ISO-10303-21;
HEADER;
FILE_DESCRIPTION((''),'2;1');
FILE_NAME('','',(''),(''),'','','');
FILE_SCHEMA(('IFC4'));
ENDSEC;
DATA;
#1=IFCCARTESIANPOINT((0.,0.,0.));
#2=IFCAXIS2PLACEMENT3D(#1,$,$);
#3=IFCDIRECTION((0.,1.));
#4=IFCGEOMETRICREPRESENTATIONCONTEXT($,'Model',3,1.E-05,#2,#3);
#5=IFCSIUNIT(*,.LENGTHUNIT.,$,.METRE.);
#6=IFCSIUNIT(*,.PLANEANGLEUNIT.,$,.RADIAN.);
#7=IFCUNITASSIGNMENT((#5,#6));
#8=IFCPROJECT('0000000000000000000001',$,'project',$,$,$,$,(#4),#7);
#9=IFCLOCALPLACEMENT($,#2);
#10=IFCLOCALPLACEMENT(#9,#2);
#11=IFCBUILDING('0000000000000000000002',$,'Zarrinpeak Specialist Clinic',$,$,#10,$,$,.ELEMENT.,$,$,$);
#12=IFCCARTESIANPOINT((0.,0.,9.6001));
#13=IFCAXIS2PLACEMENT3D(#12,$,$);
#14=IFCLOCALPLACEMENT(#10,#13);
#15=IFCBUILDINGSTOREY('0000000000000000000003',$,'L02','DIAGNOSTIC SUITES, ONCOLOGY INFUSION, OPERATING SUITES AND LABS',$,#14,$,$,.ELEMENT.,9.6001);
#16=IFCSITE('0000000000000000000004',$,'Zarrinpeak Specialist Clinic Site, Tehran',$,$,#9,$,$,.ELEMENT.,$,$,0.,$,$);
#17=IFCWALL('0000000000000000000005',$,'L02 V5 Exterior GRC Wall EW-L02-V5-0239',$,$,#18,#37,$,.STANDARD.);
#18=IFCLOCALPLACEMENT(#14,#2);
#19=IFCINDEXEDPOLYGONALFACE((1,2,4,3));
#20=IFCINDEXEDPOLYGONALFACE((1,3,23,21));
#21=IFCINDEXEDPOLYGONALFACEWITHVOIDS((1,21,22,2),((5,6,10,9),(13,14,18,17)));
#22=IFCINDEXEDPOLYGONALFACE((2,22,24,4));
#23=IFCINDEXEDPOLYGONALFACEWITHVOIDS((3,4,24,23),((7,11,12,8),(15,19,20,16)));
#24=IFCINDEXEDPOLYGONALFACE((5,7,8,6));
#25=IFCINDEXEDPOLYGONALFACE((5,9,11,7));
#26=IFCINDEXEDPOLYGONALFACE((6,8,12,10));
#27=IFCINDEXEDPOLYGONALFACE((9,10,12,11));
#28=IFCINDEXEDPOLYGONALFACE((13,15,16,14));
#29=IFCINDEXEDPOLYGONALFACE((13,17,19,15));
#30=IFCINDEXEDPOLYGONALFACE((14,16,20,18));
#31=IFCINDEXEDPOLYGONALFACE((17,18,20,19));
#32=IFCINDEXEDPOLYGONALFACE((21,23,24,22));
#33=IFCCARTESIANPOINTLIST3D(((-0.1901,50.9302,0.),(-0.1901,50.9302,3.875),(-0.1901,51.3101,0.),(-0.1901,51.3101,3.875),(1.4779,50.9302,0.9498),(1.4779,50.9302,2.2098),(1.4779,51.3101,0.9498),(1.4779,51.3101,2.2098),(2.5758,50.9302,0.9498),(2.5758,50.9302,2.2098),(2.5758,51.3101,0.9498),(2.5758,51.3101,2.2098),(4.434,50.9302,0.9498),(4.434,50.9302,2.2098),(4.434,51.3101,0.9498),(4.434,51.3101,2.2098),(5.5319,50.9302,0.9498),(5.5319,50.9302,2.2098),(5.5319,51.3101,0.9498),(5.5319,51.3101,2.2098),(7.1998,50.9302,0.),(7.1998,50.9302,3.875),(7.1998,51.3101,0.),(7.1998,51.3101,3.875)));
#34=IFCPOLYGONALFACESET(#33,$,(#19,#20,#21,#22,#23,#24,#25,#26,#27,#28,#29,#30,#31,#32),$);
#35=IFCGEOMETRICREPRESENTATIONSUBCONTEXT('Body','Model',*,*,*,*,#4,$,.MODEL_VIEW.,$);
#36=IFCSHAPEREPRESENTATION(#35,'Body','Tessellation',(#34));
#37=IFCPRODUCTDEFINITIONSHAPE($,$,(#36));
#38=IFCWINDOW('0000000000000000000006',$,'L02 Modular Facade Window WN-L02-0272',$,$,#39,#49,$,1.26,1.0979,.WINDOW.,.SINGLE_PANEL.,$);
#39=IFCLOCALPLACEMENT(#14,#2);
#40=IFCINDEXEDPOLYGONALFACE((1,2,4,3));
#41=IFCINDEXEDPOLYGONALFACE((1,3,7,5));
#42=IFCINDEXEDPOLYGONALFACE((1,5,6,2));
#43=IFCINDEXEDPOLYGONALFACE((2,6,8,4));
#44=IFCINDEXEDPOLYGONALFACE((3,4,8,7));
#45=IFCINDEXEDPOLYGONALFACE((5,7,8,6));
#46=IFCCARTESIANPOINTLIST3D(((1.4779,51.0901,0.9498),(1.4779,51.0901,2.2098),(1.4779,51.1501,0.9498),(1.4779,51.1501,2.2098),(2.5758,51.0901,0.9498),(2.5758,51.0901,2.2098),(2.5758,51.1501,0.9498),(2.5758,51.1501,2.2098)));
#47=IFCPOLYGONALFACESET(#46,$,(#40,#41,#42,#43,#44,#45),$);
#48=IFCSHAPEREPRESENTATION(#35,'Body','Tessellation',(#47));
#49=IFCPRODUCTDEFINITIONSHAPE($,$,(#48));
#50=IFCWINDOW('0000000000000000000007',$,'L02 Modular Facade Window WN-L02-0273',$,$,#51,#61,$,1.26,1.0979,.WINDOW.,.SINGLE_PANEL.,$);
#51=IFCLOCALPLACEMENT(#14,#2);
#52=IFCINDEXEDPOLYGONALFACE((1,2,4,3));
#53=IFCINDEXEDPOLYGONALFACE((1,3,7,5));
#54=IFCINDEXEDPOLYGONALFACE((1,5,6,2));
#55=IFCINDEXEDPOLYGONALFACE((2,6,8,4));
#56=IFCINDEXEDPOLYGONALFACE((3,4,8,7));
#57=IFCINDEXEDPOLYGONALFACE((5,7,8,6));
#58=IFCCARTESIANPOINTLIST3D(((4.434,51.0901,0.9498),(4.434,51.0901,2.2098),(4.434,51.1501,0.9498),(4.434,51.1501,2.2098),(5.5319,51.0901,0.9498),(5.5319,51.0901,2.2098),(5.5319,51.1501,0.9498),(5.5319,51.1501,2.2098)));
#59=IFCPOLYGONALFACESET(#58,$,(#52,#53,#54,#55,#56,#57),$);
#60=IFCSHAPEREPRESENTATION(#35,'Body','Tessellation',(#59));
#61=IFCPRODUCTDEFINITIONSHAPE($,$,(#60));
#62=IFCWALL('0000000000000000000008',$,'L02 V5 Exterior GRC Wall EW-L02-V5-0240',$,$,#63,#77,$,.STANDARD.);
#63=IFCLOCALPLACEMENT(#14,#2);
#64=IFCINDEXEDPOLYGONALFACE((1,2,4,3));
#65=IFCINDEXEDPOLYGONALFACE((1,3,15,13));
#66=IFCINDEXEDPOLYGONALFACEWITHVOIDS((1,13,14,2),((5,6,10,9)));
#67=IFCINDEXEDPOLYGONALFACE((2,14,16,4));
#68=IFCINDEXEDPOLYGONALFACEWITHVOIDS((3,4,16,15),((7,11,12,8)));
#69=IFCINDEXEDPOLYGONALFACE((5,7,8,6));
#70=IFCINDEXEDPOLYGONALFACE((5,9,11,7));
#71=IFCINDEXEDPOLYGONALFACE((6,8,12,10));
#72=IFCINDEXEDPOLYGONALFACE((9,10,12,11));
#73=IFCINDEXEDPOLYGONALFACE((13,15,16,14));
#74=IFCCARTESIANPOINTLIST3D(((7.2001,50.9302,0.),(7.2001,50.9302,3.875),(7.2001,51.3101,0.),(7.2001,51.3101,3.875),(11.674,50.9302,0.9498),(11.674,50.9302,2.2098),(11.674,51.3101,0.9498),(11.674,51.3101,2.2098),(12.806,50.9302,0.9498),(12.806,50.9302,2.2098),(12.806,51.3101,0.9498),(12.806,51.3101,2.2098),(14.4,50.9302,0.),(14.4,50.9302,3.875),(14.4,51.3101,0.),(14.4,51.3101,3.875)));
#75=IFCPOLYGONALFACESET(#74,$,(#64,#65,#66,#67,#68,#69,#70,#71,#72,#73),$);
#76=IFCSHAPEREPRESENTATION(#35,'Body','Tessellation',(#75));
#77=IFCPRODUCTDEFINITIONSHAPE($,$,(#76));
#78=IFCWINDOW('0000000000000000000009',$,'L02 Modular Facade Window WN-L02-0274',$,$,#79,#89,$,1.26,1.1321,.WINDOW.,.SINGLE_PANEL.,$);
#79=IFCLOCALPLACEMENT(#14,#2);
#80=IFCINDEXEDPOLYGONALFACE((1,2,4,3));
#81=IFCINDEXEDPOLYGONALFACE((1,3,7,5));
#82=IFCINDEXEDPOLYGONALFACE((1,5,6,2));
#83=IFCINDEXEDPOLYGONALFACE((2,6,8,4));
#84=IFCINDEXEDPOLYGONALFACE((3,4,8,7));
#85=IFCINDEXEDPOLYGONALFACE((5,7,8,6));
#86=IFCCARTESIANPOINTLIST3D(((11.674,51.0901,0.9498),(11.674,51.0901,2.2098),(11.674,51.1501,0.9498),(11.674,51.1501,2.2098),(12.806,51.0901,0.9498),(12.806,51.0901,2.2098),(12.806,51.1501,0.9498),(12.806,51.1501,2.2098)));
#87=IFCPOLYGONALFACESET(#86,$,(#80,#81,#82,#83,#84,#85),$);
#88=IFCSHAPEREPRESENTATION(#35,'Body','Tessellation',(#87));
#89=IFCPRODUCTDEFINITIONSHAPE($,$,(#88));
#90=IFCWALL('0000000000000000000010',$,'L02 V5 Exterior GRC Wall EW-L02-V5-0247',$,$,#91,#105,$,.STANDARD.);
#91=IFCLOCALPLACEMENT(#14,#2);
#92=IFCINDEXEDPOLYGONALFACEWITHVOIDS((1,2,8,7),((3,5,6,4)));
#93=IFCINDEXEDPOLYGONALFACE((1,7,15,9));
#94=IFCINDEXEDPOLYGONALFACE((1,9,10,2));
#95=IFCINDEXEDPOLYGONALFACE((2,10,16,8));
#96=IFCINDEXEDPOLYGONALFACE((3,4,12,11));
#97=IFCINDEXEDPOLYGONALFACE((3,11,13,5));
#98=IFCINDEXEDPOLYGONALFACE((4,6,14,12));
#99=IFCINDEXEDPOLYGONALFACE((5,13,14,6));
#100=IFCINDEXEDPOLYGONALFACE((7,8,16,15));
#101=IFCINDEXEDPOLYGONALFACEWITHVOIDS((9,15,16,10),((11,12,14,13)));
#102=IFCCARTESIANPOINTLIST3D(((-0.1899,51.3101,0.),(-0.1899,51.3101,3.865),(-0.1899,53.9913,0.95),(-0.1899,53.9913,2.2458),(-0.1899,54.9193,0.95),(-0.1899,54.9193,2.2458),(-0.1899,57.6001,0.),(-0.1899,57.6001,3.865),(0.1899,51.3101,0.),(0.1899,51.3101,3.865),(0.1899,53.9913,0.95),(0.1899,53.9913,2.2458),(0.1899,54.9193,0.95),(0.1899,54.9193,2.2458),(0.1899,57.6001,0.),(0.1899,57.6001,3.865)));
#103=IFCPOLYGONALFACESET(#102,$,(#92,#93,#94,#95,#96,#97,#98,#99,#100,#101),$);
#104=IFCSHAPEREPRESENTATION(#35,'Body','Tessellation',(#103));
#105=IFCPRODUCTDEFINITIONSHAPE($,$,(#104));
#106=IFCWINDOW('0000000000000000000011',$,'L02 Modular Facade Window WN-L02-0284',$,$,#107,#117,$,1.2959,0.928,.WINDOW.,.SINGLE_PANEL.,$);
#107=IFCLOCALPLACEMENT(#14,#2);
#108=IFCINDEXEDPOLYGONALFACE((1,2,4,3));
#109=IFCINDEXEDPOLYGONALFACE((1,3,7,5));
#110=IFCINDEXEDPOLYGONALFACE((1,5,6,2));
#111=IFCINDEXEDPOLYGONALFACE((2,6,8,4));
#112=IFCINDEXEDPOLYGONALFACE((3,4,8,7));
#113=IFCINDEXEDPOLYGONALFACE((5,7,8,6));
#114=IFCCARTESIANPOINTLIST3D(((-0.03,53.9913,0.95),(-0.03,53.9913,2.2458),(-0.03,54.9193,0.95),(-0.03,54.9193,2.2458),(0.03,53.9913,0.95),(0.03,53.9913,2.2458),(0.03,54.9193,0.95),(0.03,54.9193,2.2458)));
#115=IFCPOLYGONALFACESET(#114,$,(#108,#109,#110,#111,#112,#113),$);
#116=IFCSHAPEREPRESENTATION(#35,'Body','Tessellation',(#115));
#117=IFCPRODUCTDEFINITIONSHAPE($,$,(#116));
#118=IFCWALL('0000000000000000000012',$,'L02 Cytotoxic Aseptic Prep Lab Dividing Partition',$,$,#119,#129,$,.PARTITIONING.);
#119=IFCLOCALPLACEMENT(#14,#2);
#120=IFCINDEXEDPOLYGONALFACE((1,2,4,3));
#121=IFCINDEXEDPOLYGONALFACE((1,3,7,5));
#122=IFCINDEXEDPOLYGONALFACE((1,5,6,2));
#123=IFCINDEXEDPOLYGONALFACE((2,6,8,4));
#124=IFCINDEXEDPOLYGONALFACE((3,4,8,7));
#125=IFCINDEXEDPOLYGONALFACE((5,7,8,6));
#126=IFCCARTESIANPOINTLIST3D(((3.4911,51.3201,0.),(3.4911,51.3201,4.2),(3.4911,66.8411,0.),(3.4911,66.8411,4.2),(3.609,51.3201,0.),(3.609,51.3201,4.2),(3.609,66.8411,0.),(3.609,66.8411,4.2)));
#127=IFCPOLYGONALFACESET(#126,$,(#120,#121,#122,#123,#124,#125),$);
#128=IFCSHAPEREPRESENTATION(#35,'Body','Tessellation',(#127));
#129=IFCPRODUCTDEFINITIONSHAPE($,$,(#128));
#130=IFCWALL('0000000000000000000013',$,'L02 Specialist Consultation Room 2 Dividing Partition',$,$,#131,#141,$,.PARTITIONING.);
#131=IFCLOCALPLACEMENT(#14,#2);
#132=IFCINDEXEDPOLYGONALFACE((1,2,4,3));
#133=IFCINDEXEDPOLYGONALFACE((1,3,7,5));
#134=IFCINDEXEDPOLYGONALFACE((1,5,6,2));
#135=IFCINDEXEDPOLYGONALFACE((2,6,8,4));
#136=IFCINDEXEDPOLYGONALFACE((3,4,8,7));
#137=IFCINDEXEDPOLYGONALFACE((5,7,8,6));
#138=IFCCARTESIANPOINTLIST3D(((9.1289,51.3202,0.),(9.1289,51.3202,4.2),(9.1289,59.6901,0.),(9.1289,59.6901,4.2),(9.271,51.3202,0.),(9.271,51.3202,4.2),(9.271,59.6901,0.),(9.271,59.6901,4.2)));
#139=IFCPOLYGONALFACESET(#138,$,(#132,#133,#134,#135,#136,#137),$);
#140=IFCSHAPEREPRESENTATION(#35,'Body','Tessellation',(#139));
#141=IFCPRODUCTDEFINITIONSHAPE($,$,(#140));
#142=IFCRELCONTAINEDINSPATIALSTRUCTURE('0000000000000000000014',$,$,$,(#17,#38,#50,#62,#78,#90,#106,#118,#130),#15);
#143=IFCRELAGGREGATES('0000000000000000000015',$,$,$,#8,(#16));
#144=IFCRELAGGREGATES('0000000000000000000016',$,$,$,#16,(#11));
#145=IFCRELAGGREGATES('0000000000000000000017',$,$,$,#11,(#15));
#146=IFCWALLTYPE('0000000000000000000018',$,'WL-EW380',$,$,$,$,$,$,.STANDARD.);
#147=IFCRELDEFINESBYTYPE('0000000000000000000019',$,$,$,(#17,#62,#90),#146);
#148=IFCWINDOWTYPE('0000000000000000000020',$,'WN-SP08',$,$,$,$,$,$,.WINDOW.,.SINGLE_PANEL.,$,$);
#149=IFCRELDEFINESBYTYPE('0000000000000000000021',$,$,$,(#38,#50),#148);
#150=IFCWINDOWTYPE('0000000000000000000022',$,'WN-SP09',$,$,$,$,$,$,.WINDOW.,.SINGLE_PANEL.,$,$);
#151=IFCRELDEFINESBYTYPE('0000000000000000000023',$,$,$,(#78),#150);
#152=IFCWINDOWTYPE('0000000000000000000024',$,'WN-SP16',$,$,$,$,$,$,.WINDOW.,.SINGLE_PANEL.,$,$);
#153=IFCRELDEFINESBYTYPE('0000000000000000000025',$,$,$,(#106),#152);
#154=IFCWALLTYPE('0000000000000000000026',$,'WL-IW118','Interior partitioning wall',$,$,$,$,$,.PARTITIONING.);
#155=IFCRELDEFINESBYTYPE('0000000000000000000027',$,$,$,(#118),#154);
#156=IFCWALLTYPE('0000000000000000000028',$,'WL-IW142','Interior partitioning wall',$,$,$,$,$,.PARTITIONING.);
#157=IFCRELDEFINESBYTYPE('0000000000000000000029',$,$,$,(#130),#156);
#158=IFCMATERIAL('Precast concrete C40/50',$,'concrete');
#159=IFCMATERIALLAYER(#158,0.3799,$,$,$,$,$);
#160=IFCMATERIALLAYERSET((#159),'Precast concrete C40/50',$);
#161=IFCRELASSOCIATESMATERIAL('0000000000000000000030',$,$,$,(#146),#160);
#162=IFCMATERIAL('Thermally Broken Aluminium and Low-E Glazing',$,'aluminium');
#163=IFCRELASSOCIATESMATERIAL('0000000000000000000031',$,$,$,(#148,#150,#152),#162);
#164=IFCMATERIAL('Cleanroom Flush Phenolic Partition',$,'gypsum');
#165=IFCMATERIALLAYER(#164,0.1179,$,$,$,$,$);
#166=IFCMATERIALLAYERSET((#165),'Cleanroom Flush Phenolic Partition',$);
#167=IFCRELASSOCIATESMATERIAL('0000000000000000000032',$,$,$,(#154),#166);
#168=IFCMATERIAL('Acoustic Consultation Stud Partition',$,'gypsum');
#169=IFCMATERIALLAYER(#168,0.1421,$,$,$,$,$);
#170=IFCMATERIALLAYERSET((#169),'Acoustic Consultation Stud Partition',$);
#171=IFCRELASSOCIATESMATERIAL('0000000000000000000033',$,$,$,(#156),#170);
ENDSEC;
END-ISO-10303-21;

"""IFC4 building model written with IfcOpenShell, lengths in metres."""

from ifc_helpers import new_model, si_unit, direction, frame, frame_2d, origin, place, context, subcontext, project, spatial, rectangle, extrude, material, layer, layer_set, type_object, element, fill, save


model = new_model("IFC4")

# Units and contexts
model_context = context("Model", 3, precision=1e-05, world=origin(), true_north=direction((0.0, 1.0)))
body_context = subcontext(model_context, "Body", "Model", "MODEL_VIEW")
ifc_project = project(units=[si_unit("LENGTHUNIT", "METRE"), si_unit("PLANEANGLEUNIT", "RADIAN")], contexts=[model_context])

# Site, building, storey
site_placement = place(None, origin())
site = spatial("IfcSite", under=ifc_project, at=site_placement, Name="Zarrinpeak Specialist Clinic Site, Tehran", CompositionType="ELEMENT", RefElevation=0.0)
building_placement = place(site_placement, origin())
building = spatial("IfcBuilding", under=site, at=building_placement, Name="Zarrinpeak Specialist Clinic", CompositionType="ELEMENT")
storey_placement = place(building_placement, frame((0.0, 0.0, 9.6001)))
storey = spatial("IfcBuildingStorey", under=building, at=storey_placement, Name="L02", Description="DIAGNOSTIC SUITES, ONCOLOGY INFUSION, OPERATING SUITES AND LABS", CompositionType="ELEMENT", Elevation=9.6001)

# Wall, openings, windows
ifc_material_1 = material(Name="Precast concrete C40/50", Category="concrete")
ifc_layer_1 = layer(ifc_material_1, 0.3799)
ifc_layer_set_1 = layer_set([ifc_layer_1], Name="Precast concrete C40/50")
wall_type_1 = type_object("IfcWallType", Name="WL-EW380", PredefinedType="STANDARD", material=ifc_layer_set_1)
wall_1_placement = place(storey_placement, frame((-0.1899, 51.1201, 0.0), z_axis=(0.0, 0.0, 1.0), x_axis=(1.0, 0.0, 0.0)))
wall_1 = element("IfcWall", 1, at=wall_1_placement, inside=storey, type_object=wall_type_1, Name="L02 V5 Exterior GRC Wall EW-L02-V5-0239", PredefinedType="STANDARD", context=body_context, shape_type="SweptSolid", body=[
    extrude(rectangle(XDim=7.3899, YDim=0.3799, at=frame_2d((3.6948, 0.0))), origin(), (0.0, 0.0, 1.0), 3.875),
])
opening_1_placement = place(wall_1_placement, frame((1.668, 0.0, 0.95)))
opening_1 = element("IfcOpeningElement", 2, at=opening_1_placement, cuts=wall_1, PredefinedType="OPENING", context=body_context, shape_type="SweptSolid", body=[
    extrude(rectangle(XDim=1.0979, YDim=1.26, at=frame_2d((0.5488, 0.6299))), frame((0.0, 0.2, 0.0), z_axis=(0.0, -1.0, 0.0), x_axis=(1.0, 0.0, 0.0)), (0.0, 0.0, 1.0), 0.3999),
])
opening_2_placement = place(wall_1_placement, frame((4.624, 0.0, 0.95)))
opening_2 = element("IfcOpeningElement", 3, at=opening_2_placement, cuts=wall_1, PredefinedType="OPENING", context=body_context, shape_type="SweptSolid", body=[
    extrude(rectangle(XDim=1.0979, YDim=1.26, at=frame_2d((0.5488, 0.6299))), frame((0.0, 0.2, 0.0), z_axis=(0.0, -1.0, 0.0), x_axis=(1.0, 0.0, 0.0)), (0.0, 0.0, 1.0), 0.3999),
])
ifc_material_2 = material(Name="Thermally Broken Aluminium and Low-E Glazing", Category="aluminium")
window_type_1 = type_object("IfcWindowType", Name="WN-SP08", PartitioningType="SINGLE_PANEL", PredefinedType="WINDOW", material=ifc_material_2)
window_1_placement = place(opening_1_placement, origin())
window_1 = element("IfcWindow", 4, at=window_1_placement, inside=storey, type_object=window_type_1, Name="L02 Modular Facade Window WN-L02-0272", OverallHeight=1.26, OverallWidth=1.0979, PartitioningType="SINGLE_PANEL", PredefinedType="WINDOW", context=body_context, shape_type="SweptSolid", body=[
    extrude(rectangle(XDim=1.0979, YDim=1.26, at=frame_2d((0.5488, 0.6299))), frame((0.0, 0.03, 0.0), z_axis=(0.0, -1.0, 0.0), x_axis=(1.0, 0.0, 0.0)), (0.0, 0.0, 1.0), 0.0601),
])
fill(opening_1, window_1)
window_2_placement = place(opening_2_placement, origin())
window_2 = element("IfcWindow", 5, at=window_2_placement, inside=storey, type_object=window_type_1, Name="L02 Modular Facade Window WN-L02-0273", OverallHeight=1.26, OverallWidth=1.0979, PartitioningType="SINGLE_PANEL", PredefinedType="WINDOW", context=body_context, shape_type="SweptSolid", body=[
    extrude(rectangle(XDim=1.0979, YDim=1.26, at=frame_2d((0.5488, 0.6299))), frame((0.0, 0.03, 0.0), z_axis=(0.0, -1.0, 0.0), x_axis=(1.0, 0.0, 0.0)), (0.0, 0.0, 1.0), 0.0601),
])
fill(opening_2, window_2)

# Walls, openings, windows
wall_2_placement = place(storey_placement, frame((7.2, 51.1201, 0.0), z_axis=(0.0, 0.0, 1.0), x_axis=(1.0, 0.0, 0.0)))
wall_2 = element("IfcWall", 6, at=wall_2_placement, inside=storey, type_object=wall_type_1, Name="L02 V5 Exterior GRC Wall EW-L02-V5-0240", PredefinedType="STANDARD", context=body_context, shape_type="SweptSolid", body=[
    extrude(rectangle(XDim=7.2, YDim=0.3799, at=frame_2d((3.6001, 0.0))), origin(), (0.0, 0.0, 1.0), 3.875),
])
opening_3_placement = place(wall_2_placement, frame((4.4741, 0.0, 0.95)))
opening_3 = element("IfcOpeningElement", 7, at=opening_3_placement, cuts=wall_2, PredefinedType="OPENING", context=body_context, shape_type="SweptSolid", body=[
    extrude(rectangle(XDim=1.1321, YDim=1.26, at=frame_2d((0.5659, 0.6299))), frame((0.0, 0.2, 0.0), z_axis=(0.0, -1.0, 0.0), x_axis=(1.0, 0.0, 0.0)), (0.0, 0.0, 1.0), 0.3999),
])
window_type_2 = type_object("IfcWindowType", Name="WN-SP09", PartitioningType="SINGLE_PANEL", PredefinedType="WINDOW", material=ifc_material_2)
window_3_placement = place(opening_3_placement, origin())
window_3 = element("IfcWindow", 8, at=window_3_placement, inside=storey, type_object=window_type_2, Name="L02 Modular Facade Window WN-L02-0274", OverallHeight=1.26, OverallWidth=1.1321, PartitioningType="SINGLE_PANEL", PredefinedType="WINDOW", context=body_context, shape_type="SweptSolid", body=[
    extrude(rectangle(XDim=1.1321, YDim=1.26, at=frame_2d((0.5659, 0.6299))), frame((0.0, 0.03, 0.0), z_axis=(0.0, -1.0, 0.0), x_axis=(1.0, 0.0, 0.0)), (0.0, 0.0, 1.0), 0.0601),
])
fill(opening_3, window_3)
wall_3_placement = place(storey_placement, frame((0.0, 57.6001, 0.0), z_axis=(0.0, 0.0, 1.0), x_axis=(0.0, -1.0, 0.0)))
wall_3 = element("IfcWall", 9, at=wall_3_placement, inside=storey, type_object=wall_type_1, Name="L02 V5 Exterior GRC Wall EW-L02-V5-0247", PredefinedType="STANDARD", context=body_context, shape_type="SweptSolid", body=[
    extrude(rectangle(XDim=6.29, YDim=0.3799, at=frame_2d((3.145, 0.0))), origin(), (0.0, 0.0, 1.0), 3.865),
])
opening_4_placement = place(wall_3_placement, frame((2.6809, 0.0, 0.95)))
opening_4 = element("IfcOpeningElement", 10, at=opening_4_placement, cuts=wall_3, PredefinedType="OPENING", context=body_context, shape_type="SweptSolid", body=[
    extrude(rectangle(XDim=0.928, YDim=1.2959, at=frame_2d((0.4639, 0.6479))), frame((0.0, 0.2, 0.0), z_axis=(0.0, -1.0, 0.0), x_axis=(1.0, 0.0, 0.0)), (0.0, 0.0, 1.0), 0.3999),
])
window_type_3 = type_object("IfcWindowType", Name="WN-SP16", PartitioningType="SINGLE_PANEL", PredefinedType="WINDOW", material=ifc_material_2)
window_4_placement = place(opening_4_placement, origin())
window_4 = element("IfcWindow", 11, at=window_4_placement, inside=storey, type_object=window_type_3, Name="L02 Modular Facade Window WN-L02-0284", OverallHeight=1.2959, OverallWidth=0.928, PartitioningType="SINGLE_PANEL", PredefinedType="WINDOW", context=body_context, shape_type="SweptSolid", body=[
    extrude(rectangle(XDim=0.928, YDim=1.2959, at=frame_2d((0.4639, 0.6479))), frame((0.0, 0.03, 0.0), z_axis=(0.0, -1.0, 0.0), x_axis=(1.0, 0.0, 0.0)), (0.0, 0.0, 1.0), 0.0601),
])
fill(opening_4, window_4)

# Walls
ifc_material_3 = material(Name="Cleanroom Flush Phenolic Partition", Category="gypsum")
ifc_layer_2 = layer(ifc_material_3, 0.1179)
ifc_layer_set_2 = layer_set([ifc_layer_2], Name="Cleanroom Flush Phenolic Partition")
wall_type_2 = type_object("IfcWallType", Name="WL-IW118", Description="Interior partitioning wall", PredefinedType="PARTITIONING", material=ifc_layer_set_2)
wall_4_placement = place(storey_placement, frame((3.55, 51.3201, 0.0), z_axis=(0.0, 0.0, 1.0), x_axis=(0.0, 1.0, 0.0)))
element("IfcWall", 12, at=wall_4_placement, inside=storey, type_object=wall_type_2, Name="L02 Cytotoxic Aseptic Prep Lab Dividing Partition", PredefinedType="PARTITIONING", context=body_context, shape_type="SweptSolid", body=[
    extrude(rectangle(XDim=15.521, YDim=0.1179, at=frame_2d((7.7605, 0.0))), origin(), (0.0, 0.0, 1.0), 4.2),
])
ifc_material_4 = material(Name="Acoustic Consultation Stud Partition", Category="gypsum")
ifc_layer_3 = layer(ifc_material_4, 0.1421)
ifc_layer_set_3 = layer_set([ifc_layer_3], Name="Acoustic Consultation Stud Partition")
wall_type_3 = type_object("IfcWallType", Name="WL-IW142", Description="Interior partitioning wall", PredefinedType="PARTITIONING", material=ifc_layer_set_3)
wall_5_placement = place(storey_placement, frame((9.2, 51.3201, 0.0), z_axis=(0.0, 0.0, 1.0), x_axis=(0.0, 1.0, 0.0)))
element("IfcWall", 13, at=wall_5_placement, inside=storey, type_object=wall_type_3, Name="L02 Specialist Consultation Room 2 Dividing Partition", PredefinedType="PARTITIONING", context=body_context, shape_type="SweptSolid", body=[
    extrude(rectangle(XDim=8.3699, YDim=0.1421, at=frame_2d((4.1851, 0.0))), origin(), (0.0, 0.0, 1.0), 4.2),
])

save(model, "model.ifc")
